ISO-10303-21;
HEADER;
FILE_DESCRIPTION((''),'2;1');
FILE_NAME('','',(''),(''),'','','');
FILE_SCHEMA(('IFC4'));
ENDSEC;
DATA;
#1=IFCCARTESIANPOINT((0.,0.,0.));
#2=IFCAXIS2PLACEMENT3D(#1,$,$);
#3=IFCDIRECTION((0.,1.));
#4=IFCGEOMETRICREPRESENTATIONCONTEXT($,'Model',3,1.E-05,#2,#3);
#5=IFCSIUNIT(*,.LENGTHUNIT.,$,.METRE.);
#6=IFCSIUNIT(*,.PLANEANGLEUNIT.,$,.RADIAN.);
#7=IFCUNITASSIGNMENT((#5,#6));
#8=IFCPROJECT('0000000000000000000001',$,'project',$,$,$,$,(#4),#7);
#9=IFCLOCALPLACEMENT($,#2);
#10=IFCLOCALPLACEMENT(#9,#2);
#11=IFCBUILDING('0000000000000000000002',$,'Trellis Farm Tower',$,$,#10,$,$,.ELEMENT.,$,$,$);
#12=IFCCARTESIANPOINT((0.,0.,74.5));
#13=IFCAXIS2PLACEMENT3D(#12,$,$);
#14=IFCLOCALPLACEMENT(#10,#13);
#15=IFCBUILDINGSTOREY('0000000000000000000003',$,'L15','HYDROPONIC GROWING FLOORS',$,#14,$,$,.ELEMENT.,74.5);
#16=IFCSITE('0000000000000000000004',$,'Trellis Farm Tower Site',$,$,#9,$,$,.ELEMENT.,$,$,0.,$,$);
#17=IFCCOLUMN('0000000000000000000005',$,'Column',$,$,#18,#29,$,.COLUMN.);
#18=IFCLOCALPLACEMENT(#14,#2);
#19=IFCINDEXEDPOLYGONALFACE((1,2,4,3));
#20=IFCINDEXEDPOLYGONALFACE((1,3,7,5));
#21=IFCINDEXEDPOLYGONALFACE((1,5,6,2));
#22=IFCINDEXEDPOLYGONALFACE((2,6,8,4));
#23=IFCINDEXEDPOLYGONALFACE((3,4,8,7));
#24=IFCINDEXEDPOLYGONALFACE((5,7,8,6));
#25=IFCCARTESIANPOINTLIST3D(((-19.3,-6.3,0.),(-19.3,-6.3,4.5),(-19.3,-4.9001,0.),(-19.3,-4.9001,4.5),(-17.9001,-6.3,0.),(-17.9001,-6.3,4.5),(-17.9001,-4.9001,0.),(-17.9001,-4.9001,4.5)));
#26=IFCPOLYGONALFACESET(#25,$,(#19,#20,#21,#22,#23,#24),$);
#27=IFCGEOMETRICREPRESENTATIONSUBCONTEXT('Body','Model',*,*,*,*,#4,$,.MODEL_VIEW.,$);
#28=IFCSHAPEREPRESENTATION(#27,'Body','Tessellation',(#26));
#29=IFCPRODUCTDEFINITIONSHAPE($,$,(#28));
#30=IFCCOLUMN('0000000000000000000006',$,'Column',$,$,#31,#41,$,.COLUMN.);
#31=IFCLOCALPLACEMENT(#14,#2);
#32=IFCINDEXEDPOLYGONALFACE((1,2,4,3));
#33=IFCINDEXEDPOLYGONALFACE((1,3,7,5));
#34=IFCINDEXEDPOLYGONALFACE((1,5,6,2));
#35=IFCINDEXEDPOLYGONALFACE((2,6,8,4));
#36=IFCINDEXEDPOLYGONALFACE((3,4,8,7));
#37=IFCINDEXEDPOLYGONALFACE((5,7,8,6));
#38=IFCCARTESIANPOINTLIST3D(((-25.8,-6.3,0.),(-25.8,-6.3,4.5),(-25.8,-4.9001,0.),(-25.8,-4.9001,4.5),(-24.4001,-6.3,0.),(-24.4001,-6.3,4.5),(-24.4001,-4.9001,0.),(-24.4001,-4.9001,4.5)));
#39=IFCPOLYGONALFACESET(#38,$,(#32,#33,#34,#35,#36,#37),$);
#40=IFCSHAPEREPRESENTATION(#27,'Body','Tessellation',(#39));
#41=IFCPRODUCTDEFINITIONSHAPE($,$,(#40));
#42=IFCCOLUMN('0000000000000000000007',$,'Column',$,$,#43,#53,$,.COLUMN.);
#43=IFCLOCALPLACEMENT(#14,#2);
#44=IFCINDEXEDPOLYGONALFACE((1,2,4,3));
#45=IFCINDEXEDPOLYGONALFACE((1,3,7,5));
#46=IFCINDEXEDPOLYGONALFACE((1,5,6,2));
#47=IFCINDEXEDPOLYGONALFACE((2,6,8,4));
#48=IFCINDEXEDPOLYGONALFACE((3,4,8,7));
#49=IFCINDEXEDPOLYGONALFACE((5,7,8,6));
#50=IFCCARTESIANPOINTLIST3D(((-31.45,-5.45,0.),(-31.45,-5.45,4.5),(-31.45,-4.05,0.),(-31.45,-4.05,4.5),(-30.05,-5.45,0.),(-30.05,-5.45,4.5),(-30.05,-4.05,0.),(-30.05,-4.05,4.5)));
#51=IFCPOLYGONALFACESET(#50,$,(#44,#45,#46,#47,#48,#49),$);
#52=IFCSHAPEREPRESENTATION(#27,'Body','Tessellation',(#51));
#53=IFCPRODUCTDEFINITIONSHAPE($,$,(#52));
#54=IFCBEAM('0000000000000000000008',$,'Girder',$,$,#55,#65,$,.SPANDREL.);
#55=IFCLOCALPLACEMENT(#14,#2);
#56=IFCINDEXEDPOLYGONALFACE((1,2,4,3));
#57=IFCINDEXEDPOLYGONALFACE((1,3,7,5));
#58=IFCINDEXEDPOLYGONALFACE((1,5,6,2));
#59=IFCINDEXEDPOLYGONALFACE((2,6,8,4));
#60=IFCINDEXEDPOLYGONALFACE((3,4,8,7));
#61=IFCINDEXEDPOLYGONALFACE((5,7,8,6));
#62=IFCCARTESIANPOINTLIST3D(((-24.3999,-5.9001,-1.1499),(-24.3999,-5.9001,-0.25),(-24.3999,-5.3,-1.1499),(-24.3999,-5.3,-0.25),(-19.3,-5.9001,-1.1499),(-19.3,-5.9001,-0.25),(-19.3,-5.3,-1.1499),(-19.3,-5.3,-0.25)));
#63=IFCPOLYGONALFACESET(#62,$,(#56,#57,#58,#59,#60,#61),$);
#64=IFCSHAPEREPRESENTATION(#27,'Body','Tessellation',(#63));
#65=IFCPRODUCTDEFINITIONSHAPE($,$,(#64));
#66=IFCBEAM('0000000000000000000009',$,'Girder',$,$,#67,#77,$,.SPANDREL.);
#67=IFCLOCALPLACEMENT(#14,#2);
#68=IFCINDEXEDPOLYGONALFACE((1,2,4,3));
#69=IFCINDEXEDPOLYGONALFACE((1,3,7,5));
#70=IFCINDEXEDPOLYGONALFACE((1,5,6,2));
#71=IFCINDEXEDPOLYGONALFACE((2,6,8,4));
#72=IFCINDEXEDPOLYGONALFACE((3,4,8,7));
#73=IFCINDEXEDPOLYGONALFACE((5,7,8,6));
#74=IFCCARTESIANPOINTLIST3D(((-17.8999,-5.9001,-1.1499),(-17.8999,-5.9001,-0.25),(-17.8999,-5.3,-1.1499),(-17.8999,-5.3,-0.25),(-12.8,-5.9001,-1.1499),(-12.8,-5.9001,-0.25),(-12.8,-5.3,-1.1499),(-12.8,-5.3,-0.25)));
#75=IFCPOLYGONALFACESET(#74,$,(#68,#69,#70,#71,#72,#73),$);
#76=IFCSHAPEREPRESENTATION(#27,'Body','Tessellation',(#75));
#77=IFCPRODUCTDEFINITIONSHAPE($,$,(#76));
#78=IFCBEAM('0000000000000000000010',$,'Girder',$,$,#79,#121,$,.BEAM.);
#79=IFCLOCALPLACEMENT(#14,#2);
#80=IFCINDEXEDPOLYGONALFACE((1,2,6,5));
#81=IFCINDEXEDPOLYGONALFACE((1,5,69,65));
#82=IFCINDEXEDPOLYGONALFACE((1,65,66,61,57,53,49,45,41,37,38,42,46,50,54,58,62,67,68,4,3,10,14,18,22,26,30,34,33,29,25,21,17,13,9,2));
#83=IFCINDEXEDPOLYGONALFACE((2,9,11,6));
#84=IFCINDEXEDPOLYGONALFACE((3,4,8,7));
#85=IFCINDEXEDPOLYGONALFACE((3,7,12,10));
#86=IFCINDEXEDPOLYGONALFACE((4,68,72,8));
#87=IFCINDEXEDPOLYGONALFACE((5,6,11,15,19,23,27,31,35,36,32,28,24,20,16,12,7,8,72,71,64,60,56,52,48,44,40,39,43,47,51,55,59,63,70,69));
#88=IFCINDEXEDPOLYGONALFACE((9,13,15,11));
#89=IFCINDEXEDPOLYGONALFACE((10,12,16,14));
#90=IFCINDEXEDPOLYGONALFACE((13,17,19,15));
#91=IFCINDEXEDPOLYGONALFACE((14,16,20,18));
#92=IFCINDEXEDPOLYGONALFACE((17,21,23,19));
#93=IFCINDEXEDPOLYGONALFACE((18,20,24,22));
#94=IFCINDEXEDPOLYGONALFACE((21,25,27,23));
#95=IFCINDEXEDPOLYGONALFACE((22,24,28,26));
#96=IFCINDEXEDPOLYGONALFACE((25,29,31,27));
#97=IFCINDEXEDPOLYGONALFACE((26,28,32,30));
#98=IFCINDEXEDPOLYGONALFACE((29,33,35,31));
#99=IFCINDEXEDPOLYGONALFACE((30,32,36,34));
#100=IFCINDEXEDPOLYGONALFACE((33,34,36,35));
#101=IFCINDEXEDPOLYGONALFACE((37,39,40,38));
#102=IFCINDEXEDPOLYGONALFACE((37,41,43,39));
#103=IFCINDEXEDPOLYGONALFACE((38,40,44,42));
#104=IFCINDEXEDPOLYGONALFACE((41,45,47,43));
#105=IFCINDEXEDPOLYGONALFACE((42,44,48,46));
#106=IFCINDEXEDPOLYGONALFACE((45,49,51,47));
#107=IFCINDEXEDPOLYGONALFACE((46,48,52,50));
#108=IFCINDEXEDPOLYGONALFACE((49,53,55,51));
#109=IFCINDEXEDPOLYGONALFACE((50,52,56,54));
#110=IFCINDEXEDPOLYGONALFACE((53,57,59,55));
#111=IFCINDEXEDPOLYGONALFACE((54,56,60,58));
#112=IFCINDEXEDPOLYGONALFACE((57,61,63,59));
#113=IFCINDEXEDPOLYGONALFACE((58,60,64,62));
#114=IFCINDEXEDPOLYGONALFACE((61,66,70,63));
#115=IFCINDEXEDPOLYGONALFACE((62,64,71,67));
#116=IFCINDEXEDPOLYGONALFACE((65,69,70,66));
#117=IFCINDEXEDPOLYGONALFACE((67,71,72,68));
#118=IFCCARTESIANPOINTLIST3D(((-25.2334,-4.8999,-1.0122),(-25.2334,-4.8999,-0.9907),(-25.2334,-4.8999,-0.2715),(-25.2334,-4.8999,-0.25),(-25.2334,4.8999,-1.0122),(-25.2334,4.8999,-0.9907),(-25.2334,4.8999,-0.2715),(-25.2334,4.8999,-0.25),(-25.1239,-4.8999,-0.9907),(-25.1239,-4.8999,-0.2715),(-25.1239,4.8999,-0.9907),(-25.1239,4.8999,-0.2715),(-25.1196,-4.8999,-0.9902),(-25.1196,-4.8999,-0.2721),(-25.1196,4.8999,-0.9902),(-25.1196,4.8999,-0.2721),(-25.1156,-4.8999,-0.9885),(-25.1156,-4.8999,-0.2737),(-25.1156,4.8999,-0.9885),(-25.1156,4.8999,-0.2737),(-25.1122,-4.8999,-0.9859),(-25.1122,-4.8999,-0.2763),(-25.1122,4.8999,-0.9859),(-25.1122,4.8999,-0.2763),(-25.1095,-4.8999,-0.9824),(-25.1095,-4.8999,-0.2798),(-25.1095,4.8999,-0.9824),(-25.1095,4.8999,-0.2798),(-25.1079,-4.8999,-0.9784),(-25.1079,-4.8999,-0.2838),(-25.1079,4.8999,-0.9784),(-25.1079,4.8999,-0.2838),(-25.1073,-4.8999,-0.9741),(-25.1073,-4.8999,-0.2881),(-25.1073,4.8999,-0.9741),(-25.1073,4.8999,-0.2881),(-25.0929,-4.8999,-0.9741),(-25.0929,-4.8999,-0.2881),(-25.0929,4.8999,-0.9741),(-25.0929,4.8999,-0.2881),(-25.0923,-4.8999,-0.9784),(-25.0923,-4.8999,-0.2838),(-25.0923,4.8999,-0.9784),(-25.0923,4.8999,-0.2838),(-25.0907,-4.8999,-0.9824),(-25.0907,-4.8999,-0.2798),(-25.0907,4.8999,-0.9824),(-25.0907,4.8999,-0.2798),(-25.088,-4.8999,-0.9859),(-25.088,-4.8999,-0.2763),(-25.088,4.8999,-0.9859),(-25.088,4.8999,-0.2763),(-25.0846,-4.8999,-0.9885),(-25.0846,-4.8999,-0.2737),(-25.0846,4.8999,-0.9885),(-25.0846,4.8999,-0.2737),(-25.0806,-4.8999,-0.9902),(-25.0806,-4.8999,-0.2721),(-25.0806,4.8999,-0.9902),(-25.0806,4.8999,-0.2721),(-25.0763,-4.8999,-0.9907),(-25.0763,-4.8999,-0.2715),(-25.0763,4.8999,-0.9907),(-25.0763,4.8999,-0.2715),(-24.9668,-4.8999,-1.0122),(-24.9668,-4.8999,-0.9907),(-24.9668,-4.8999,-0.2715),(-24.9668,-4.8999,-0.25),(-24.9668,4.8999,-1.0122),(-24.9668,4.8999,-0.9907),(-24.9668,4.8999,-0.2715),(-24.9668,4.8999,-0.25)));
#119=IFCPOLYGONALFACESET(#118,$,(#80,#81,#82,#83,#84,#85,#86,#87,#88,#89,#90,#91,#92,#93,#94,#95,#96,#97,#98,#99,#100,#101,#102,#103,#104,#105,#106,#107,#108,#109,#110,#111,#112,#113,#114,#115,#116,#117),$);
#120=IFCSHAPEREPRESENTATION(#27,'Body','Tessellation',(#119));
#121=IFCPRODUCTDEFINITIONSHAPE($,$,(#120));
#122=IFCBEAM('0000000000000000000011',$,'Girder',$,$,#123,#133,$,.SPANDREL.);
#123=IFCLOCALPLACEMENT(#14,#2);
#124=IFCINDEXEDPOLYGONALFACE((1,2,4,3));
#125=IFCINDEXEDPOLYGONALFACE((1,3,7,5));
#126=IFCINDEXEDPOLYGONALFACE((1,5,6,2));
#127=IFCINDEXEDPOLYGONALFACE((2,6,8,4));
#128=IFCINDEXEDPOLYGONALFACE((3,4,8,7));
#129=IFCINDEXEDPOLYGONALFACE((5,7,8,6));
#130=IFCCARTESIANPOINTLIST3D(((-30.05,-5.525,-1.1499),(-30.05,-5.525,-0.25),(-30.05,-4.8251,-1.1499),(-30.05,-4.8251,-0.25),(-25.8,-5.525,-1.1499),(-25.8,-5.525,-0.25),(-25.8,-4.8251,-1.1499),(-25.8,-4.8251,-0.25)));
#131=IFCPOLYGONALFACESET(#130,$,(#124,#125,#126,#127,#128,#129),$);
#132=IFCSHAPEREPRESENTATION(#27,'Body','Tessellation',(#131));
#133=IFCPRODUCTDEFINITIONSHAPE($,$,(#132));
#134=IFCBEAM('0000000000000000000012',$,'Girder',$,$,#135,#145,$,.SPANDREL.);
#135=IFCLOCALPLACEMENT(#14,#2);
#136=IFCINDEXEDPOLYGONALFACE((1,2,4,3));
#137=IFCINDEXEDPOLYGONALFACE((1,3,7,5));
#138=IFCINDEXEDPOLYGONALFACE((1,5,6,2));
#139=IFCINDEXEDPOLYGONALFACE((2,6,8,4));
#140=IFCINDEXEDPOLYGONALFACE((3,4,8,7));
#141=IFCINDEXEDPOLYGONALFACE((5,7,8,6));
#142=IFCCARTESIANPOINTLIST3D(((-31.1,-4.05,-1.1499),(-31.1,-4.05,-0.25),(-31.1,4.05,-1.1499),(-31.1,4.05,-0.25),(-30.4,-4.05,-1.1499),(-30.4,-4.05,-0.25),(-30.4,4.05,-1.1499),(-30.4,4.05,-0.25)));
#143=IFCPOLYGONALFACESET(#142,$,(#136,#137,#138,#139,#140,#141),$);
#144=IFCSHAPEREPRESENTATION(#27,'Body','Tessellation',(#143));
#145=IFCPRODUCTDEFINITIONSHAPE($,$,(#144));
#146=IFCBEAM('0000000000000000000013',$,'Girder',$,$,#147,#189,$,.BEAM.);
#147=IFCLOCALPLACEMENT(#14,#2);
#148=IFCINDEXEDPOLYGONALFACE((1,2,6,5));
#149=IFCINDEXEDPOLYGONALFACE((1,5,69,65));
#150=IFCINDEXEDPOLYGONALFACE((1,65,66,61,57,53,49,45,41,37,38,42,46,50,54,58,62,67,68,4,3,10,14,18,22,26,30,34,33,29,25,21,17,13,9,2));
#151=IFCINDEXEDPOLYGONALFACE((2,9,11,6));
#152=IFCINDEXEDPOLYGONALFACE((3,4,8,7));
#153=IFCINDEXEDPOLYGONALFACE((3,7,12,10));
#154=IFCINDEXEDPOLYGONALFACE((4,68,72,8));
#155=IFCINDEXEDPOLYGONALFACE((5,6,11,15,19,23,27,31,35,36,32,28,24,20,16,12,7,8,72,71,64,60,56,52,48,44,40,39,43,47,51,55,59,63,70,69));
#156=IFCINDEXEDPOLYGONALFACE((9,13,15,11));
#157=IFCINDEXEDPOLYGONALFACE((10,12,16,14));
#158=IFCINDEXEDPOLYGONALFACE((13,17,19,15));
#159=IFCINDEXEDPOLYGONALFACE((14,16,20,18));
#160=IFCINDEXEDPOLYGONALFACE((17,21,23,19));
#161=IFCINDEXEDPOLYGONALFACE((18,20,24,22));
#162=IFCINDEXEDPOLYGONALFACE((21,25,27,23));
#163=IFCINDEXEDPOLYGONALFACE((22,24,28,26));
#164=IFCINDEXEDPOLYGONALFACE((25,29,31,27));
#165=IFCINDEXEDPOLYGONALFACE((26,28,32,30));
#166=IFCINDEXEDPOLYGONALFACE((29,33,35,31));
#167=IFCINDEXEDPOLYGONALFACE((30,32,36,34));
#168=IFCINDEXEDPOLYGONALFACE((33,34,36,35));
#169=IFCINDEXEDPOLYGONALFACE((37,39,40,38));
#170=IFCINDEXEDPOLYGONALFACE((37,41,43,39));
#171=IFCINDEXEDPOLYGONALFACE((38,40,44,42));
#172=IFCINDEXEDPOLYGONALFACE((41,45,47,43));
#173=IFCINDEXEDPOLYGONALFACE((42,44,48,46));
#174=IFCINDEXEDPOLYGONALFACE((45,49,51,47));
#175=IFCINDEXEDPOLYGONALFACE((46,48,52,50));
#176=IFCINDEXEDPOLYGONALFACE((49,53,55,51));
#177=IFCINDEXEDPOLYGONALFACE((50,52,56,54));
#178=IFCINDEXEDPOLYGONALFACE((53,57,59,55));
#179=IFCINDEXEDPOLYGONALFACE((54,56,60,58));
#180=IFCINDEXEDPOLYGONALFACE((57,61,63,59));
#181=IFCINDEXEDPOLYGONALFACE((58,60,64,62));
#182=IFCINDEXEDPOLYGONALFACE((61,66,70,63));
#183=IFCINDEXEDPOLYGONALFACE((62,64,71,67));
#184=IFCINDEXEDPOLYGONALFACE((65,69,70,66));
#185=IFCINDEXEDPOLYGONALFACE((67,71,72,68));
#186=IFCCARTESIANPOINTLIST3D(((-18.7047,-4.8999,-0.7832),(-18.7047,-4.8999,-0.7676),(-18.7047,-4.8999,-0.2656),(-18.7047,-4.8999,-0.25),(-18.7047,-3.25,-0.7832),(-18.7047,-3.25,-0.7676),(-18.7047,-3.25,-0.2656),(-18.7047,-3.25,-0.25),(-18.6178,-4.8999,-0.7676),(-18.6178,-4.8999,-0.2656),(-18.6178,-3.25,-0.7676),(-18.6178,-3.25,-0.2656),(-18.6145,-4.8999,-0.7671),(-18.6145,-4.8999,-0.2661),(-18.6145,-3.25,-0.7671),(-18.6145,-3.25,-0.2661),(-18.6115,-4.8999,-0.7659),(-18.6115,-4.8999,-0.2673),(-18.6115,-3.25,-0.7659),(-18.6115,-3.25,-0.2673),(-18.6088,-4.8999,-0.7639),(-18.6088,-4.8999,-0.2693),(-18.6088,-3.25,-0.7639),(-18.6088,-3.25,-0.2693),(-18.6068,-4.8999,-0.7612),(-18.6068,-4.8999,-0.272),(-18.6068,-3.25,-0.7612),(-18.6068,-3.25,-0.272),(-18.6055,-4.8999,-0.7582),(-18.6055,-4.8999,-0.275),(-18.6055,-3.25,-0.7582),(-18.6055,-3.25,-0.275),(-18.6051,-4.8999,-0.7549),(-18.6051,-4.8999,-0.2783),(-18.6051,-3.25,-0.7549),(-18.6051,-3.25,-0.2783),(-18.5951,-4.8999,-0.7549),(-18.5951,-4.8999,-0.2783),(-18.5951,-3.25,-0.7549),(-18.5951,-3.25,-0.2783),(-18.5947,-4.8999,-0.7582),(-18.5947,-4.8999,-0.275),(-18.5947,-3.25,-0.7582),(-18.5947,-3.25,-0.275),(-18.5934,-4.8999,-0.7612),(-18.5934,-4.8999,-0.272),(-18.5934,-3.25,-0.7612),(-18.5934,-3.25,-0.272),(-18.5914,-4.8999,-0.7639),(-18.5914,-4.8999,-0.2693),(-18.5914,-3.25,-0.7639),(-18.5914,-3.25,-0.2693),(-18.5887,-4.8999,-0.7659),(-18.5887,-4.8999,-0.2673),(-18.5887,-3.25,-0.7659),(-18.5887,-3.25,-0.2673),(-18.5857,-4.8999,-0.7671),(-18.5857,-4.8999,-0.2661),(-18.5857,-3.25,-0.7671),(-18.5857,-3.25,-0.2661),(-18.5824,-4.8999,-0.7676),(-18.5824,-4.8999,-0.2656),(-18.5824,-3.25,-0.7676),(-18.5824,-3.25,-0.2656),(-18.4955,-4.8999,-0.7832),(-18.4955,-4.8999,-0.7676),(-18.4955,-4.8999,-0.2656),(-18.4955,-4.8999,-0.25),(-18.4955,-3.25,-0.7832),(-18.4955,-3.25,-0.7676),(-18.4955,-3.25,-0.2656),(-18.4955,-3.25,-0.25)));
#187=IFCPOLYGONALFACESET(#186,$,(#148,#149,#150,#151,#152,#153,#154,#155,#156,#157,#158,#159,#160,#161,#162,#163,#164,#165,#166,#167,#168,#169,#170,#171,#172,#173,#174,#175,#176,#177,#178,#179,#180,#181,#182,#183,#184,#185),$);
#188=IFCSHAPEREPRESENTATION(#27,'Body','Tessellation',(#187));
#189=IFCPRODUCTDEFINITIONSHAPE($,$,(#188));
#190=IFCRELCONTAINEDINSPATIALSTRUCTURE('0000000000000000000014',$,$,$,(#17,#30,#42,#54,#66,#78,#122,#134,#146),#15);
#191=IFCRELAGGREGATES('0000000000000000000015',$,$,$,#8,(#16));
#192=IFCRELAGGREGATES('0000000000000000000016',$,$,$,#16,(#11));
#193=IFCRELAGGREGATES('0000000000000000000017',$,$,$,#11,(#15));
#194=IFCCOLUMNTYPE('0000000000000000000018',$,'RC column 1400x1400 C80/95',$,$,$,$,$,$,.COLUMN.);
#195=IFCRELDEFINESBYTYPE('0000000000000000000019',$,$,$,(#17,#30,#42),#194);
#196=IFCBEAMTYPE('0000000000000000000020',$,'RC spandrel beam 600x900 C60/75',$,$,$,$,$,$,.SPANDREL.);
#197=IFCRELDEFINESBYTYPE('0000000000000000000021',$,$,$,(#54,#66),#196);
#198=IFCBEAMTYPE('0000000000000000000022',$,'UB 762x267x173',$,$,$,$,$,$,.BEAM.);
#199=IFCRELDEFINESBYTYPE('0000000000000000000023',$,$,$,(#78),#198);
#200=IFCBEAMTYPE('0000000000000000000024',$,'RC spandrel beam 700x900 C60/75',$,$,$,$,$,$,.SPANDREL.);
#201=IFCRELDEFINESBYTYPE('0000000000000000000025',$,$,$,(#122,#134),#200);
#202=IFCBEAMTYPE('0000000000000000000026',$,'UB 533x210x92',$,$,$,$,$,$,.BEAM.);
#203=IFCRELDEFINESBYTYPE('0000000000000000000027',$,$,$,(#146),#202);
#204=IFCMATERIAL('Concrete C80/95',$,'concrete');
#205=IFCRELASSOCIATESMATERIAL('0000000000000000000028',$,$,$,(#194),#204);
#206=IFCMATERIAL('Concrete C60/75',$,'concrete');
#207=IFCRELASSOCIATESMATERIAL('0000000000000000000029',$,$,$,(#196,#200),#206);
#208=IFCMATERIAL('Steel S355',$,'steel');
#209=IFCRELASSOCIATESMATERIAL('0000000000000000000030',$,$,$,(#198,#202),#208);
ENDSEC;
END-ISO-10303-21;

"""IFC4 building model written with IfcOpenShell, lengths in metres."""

from ifc_helpers import new_model, si_unit, direction, frame, origin, origin_2d, place, context, subcontext, project, spatial, rectangle, i_section, extrude, source, transform, mapped, material, material_profile, profile_set, type_object, element, save


model = new_model("IFC4")

# Units and contexts
model_context = context("Model", 3, precision=1e-05, world=origin(), true_north=direction((0.0, 1.0)))
body_context = subcontext(model_context, "Body", "Model", "MODEL_VIEW")
ifc_project = project(units=[si_unit("LENGTHUNIT", "METRE"), si_unit("PLANEANGLEUNIT", "RADIAN")], contexts=[model_context])

# Site, building, storey
site_placement = place(None, origin())
site = spatial("IfcSite", under=ifc_project, at=site_placement, Name="Trellis Farm Tower Site", CompositionType="ELEMENT", RefElevation=0.0)
building_placement = place(site_placement, origin())
building = spatial("IfcBuilding", under=site, at=building_placement, Name="Trellis Farm Tower", CompositionType="ELEMENT")
storey_placement = place(building_placement, frame((0.0, 0.0, 74.5)))
storey = spatial("IfcBuildingStorey", under=building, at=storey_placement, Name="L15", Description="HYDROPONIC GROWING FLOORS", CompositionType="ELEMENT", Elevation=74.5)

# Columns
ifc_material_1 = material(Name="Concrete C80/95", Category="concrete")
ifc_material_profile_1 = material_profile(ifc_material_1, rectangle(XDim=1.3999, YDim=1.3999, at=origin_2d()), Name="RC column 1400x1400 C80/95")
ifc_profile_set_1 = profile_set([ifc_material_profile_1], Name="Concrete C80/95")
column_type = type_object("IfcColumnType", Name="RC column 1400x1400 C80/95", PredefinedType="COLUMN", material=ifc_profile_set_1)
shared_shape_1 = source(origin(), body_context, "Body", "SweptSolid", [
    extrude(rectangle(XDim=1.3999, YDim=1.3999, at=origin_2d()), origin(), (0.0, 0.0, 1.0), 4.5),
])
for number, where, z_axis, x_axis, name in (
    (1, (-18.6001, -5.6001, 0.0), (0.0, 0.0, 1.0), (1.0, 0.0, 0.0), "Column"),
    (2, (-25.1001, -5.6001, 0.0), (0.0, 0.0, 1.0), (1.0, 0.0, 0.0), "Column"),
    (3, (-30.75, -4.75, 0.0), (0.0, 0.0, 1.0), (1.0, 0.0, 0.0), "Column"),
):
    element("IfcColumn", number, at=place(storey_placement, frame(where, z_axis=z_axis, x_axis=x_axis)), inside=storey, type_object=column_type, Name=name, PredefinedType="COLUMN", context=body_context, shape_type="MappedRepresentation", body=[
        mapped(shared_shape_1, transform((0.0, 0.0, 0.0))),
    ])

# Beams
ifc_material_2 = material(Name="Concrete C60/75", Category="concrete")
ifc_material_profile_2 = material_profile(ifc_material_2, rectangle(XDim=0.6001, YDim=0.8999, at=origin_2d()), Name="RC spandrel beam 600x900 C60/75")
ifc_profile_set_2 = profile_set([ifc_material_profile_2], Name="Concrete C60/75")
beam_type_1 = type_object("IfcBeamType", Name="RC spandrel beam 600x900 C60/75", PredefinedType="SPANDREL", material=ifc_profile_set_2)
shared_shape_2 = source(origin(), body_context, "Body", "SweptSolid", [
    extrude(rectangle(XDim=0.6001, YDim=0.8999, at=origin_2d()), origin(), (0.0, 0.0, 1.0), 5.0999),
])
for number, where, z_axis, x_axis, name in (
    (4, (-24.3999, -5.6001, -0.7), (1.0, 0.0, 0.0), (0.0, 1.0, 0.0), "Girder"),
    (5, (-17.8999, -5.6001, -0.7), (1.0, 0.0, 0.0), (0.0, 1.0, 0.0), "Girder"),
):
    element("IfcBeam", number, at=place(storey_placement, frame(where, z_axis=z_axis, x_axis=x_axis)), inside=storey, type_object=beam_type_1, Name=name, PredefinedType="SPANDREL", context=body_context, shape_type="MappedRepresentation", body=[
        mapped(shared_shape_2, transform((0.0, 0.0, 0.0))),
    ])
ifc_material_3 = material(Name="Steel S355", Category="steel")
ifc_material_profile_3 = material_profile(ifc_material_3, i_section(OverallWidth=0.2666, OverallDepth=0.7622, WebThickness=0.0144, FlangeThickness=0.0215, FilletRadius=0.0166, at=origin_2d()), Name="UB 762x267x173")
ifc_profile_set_3 = profile_set([ifc_material_profile_3], Name="Steel S355")
beam_type_2 = type_object("IfcBeamType", Name="UB 762x267x173", PredefinedType="BEAM", material=ifc_profile_set_3)
shared_shape_3 = source(origin(), body_context, "Body", "SweptSolid", [
    extrude(i_section(OverallWidth=0.2666, OverallDepth=0.7622, WebThickness=0.0144, FlangeThickness=0.0215, FilletRadius=0.0166, at=origin_2d()), origin(), (0.0, 0.0, 1.0), 9.7998),
])
beam_1_placement = place(storey_placement, frame((-25.1001, -4.8999, -0.6311), z_axis=(0.0, 1.0, 0.0), x_axis=(-1.0, 0.0, 0.0)))
element("IfcBeam", 6, at=beam_1_placement, inside=storey, type_object=beam_type_2, Name="Girder", PredefinedType="BEAM", context=body_context, shape_type="MappedRepresentation", body=[
    mapped(shared_shape_3, transform((0.0, 0.0, 0.0))),
])
ifc_material_profile_4 = material_profile(ifc_material_2, rectangle(XDim=0.7, YDim=0.8999, at=origin_2d()), Name="RC spandrel beam 700x900 C60/75")
ifc_profile_set_4 = profile_set([ifc_material_profile_4], Name="Concrete C60/75")
beam_type_3 = type_object("IfcBeamType", Name="RC spandrel beam 700x900 C60/75", PredefinedType="SPANDREL", material=ifc_profile_set_4)
shared_shape_4 = source(origin(), body_context, "Body", "SweptSolid", [
    extrude(rectangle(XDim=0.7, YDim=0.8999, at=origin_2d()), origin(), (0.0, 0.0, 1.0), 4.25),
])
beam_2_placement = place(storey_placement, frame((-30.05, -5.175, -0.7), z_axis=(1.0, 0.0, 0.0), x_axis=(0.0, 1.0, 0.0)))
element("IfcBeam", 7, at=beam_2_placement, inside=storey, type_object=beam_type_3, Name="Girder", PredefinedType="SPANDREL", context=body_context, shape_type="MappedRepresentation", body=[
    mapped(shared_shape_4, transform((0.0, 0.0, 0.0))),
])
shared_shape_5 = source(origin(), body_context, "Body", "SweptSolid", [
    extrude(rectangle(XDim=0.7, YDim=0.8999, at=origin_2d()), origin(), (0.0, 0.0, 1.0), 8.1001),
])
beam_3_placement = place(storey_placement, frame((-30.75, -4.05, -0.7), z_axis=(0.0, 1.0, 0.0), x_axis=(-1.0, 0.0, 0.0)))
element("IfcBeam", 8, at=beam_3_placement, inside=storey, type_object=beam_type_3, Name="Girder", PredefinedType="SPANDREL", context=body_context, shape_type="MappedRepresentation", body=[
    mapped(shared_shape_5, transform((0.0, 0.0, 0.0))),
])
ifc_material_profile_5 = material_profile(ifc_material_3, i_section(OverallWidth=0.2092, OverallDepth=0.5332, WebThickness=0.01, FlangeThickness=0.0156, FilletRadius=0.0127, at=origin_2d()), Name="UB 533x210x92")
ifc_profile_set_5 = profile_set([ifc_material_profile_5], Name="Steel S355")
beam_type_4 = type_object("IfcBeamType", Name="UB 533x210x92", PredefinedType="BEAM", material=ifc_profile_set_5)
shared_shape_6 = source(origin(), body_context, "Body", "SweptSolid", [
    extrude(i_section(OverallWidth=0.2092, OverallDepth=0.5332, WebThickness=0.01, FlangeThickness=0.0156, FilletRadius=0.0127, at=origin_2d()), origin(), (0.0, 0.0, 1.0), 1.6499),
])
beam_4_placement = place(storey_placement, frame((-18.6001, -4.8999, -0.5166), z_axis=(0.0, 1.0, 0.0), x_axis=(-1.0, 0.0, 0.0)))
element("IfcBeam", 9, at=beam_4_placement, inside=storey, type_object=beam_type_4, Name="Girder", PredefinedType="BEAM", context=body_context, shape_type="MappedRepresentation", body=[
    mapped(shared_shape_6, transform((0.0, 0.0, 0.0))),
])

save(model, "model.ifc")
